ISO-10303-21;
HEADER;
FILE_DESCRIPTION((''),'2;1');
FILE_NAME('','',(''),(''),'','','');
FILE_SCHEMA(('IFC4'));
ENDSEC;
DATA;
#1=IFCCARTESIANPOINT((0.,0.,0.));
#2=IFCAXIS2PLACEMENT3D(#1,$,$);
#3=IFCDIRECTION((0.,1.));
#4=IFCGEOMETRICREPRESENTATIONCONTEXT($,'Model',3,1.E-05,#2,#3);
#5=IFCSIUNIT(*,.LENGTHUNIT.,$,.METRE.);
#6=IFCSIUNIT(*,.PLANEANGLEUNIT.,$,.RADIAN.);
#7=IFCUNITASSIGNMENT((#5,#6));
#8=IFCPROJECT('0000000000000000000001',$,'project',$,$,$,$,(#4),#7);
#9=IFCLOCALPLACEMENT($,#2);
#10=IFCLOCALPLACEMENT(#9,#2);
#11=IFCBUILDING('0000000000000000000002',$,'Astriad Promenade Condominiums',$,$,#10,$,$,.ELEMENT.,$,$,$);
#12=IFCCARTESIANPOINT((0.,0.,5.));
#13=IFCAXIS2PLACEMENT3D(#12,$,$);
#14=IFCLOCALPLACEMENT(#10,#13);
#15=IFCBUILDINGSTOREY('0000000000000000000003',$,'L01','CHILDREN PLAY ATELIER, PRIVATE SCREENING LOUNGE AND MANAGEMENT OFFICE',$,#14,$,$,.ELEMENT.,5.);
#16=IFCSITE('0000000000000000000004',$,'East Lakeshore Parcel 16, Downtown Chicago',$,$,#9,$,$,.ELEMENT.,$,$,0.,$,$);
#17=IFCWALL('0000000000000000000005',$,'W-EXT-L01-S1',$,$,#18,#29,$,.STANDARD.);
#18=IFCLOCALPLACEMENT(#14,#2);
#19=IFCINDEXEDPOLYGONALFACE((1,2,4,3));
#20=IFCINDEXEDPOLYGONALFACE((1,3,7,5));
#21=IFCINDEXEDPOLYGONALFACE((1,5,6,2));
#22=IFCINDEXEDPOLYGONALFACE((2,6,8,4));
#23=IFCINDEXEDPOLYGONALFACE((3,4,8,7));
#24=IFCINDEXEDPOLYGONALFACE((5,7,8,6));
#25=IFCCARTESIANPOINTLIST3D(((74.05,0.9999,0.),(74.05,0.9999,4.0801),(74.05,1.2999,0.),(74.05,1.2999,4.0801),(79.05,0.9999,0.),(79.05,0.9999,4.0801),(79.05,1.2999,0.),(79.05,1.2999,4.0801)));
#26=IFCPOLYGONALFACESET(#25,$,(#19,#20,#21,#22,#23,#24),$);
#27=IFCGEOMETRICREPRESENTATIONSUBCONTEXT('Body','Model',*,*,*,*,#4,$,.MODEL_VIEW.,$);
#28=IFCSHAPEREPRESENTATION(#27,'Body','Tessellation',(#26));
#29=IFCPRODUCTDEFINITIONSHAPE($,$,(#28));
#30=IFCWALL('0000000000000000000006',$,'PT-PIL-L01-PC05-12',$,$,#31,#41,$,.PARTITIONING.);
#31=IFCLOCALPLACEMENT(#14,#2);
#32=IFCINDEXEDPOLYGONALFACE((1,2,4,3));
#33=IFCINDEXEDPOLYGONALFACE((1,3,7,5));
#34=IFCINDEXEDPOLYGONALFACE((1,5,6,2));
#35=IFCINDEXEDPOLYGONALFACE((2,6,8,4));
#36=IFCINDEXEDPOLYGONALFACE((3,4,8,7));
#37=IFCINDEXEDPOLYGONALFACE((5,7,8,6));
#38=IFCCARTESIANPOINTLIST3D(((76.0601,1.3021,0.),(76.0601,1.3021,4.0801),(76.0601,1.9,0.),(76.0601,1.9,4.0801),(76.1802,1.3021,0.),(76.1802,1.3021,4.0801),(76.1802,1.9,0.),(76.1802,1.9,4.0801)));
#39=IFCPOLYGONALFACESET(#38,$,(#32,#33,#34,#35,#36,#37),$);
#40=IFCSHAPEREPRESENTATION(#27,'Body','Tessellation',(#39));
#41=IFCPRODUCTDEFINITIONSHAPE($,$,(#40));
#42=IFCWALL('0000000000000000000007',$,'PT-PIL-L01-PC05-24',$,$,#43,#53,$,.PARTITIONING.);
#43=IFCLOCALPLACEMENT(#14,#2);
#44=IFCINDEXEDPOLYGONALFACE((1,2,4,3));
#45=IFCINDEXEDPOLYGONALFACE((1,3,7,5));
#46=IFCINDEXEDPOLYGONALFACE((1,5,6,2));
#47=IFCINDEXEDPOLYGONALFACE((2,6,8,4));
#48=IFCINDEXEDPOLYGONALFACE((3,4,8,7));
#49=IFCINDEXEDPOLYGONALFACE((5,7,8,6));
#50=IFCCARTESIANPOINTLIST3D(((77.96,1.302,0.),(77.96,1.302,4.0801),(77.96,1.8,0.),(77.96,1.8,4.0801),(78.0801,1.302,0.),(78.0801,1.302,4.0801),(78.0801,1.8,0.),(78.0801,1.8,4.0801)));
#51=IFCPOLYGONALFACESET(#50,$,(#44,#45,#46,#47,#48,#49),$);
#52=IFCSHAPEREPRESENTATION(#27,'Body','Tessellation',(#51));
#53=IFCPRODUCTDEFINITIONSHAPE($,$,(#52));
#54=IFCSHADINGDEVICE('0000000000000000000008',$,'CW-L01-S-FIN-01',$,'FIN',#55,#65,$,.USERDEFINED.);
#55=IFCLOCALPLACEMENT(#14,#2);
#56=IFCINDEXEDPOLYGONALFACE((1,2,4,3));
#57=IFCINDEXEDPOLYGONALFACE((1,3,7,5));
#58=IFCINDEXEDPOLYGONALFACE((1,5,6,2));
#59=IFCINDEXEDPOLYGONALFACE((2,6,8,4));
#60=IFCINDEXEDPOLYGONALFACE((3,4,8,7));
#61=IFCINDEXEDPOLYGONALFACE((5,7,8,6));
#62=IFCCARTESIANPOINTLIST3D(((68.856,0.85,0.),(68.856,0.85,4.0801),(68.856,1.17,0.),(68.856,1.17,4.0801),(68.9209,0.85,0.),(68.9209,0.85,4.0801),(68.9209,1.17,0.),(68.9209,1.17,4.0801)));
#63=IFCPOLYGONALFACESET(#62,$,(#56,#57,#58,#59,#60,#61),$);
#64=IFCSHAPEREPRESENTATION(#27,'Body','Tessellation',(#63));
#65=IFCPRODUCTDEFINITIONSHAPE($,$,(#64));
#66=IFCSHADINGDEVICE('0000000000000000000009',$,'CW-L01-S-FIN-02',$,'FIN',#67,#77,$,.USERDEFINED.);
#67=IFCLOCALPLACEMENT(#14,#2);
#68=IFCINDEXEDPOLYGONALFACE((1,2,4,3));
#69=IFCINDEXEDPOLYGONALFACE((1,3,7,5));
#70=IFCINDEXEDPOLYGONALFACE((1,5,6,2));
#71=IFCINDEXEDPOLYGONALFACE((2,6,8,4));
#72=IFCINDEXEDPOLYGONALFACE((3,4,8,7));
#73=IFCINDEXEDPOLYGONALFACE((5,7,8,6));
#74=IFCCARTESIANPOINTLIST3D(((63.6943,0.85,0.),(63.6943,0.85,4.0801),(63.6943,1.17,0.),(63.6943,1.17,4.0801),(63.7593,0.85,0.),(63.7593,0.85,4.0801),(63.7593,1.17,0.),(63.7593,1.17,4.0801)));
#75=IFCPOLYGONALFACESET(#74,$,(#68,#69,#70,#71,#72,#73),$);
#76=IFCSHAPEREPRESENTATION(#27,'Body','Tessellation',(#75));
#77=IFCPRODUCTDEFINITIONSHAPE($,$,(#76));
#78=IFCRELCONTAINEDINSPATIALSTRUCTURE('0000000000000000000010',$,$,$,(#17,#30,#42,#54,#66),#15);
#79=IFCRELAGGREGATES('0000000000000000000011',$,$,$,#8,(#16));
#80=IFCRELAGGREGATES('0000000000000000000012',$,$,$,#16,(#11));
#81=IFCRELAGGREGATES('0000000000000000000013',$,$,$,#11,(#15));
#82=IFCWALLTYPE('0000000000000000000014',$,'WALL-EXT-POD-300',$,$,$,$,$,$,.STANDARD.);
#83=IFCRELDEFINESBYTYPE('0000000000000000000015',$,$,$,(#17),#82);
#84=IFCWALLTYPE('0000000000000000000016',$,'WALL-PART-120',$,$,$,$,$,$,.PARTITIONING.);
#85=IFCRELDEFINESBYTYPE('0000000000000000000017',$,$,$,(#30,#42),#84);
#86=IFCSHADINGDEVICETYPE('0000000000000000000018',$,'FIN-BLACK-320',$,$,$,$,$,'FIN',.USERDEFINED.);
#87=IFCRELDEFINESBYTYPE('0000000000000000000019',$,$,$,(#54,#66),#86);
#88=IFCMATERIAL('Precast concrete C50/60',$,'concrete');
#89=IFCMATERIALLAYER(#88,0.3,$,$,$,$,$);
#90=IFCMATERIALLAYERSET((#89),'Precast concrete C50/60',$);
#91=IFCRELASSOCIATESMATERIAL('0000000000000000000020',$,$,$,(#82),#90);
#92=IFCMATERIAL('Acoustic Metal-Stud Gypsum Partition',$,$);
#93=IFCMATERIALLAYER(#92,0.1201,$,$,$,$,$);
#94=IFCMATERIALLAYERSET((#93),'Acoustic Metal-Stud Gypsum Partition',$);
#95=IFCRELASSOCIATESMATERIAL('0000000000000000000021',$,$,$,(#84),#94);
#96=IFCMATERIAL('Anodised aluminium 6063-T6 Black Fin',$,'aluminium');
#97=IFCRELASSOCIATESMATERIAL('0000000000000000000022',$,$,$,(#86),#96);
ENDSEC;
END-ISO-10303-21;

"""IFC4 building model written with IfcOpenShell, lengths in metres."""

from ifc_helpers import new_model, si_unit, direction, frame, frame_2d, origin, origin_2d, place, context, subcontext, project, spatial, rectangle, extrude, source, transform, mapped, material, layer, layer_set, type_object, type_shapes, element, save


model = new_model("IFC4")

# Units and contexts
model_context = context("Model", 3, precision=1e-05, world=origin(), true_north=direction((0.0, 1.0)))
body_context = subcontext(model_context, "Body", "Model", "MODEL_VIEW")
ifc_project = project(units=[si_unit("LENGTHUNIT", "METRE"), si_unit("PLANEANGLEUNIT", "RADIAN")], contexts=[model_context])

# Site, building, storey
site_placement = place(None, origin())
site = spatial("IfcSite", under=ifc_project, at=site_placement, Name="East Lakeshore Parcel 16, Downtown Chicago", CompositionType="ELEMENT", RefElevation=0.0)
building_placement = place(site_placement, origin())
building = spatial("IfcBuilding", under=site, at=building_placement, Name="Astriad Promenade Condominiums", CompositionType="ELEMENT")
storey_placement = place(building_placement, frame((0.0, 0.0, 5.0)))
storey = spatial("IfcBuildingStorey", under=building, at=storey_placement, Name="L01", Description="CHILDREN PLAY ATELIER, PRIVATE SCREENING LOUNGE AND MANAGEMENT OFFICE", CompositionType="ELEMENT", Elevation=5.0)

# Walls
ifc_material_1 = material(Name="Precast concrete C50/60", Category="concrete")
ifc_layer_1 = layer(ifc_material_1, 0.3)
ifc_layer_set_1 = layer_set([ifc_layer_1], Name="Precast concrete C50/60")
wall_type_1 = type_object("IfcWallType", Name="WALL-EXT-POD-300", PredefinedType="STANDARD", material=ifc_layer_set_1)
wall_1_placement = place(storey_placement, frame((79.05, 1.1499, 0.0), z_axis=(0.0, 0.0, 1.0), x_axis=(-1.0, 0.0, 0.0)))
element("IfcWall", 1, at=wall_1_placement, inside=storey, type_object=wall_type_1, Name="W-EXT-L01-S1", PredefinedType="STANDARD", context=body_context, shape_type="SweptSolid", body=[
    extrude(rectangle(XDim=5.0, YDim=0.3, at=frame_2d((2.5, 0.0))), origin(), (0.0, 0.0, 1.0), 4.0801),
])
ifc_material_2 = material(Name="Acoustic Metal-Stud Gypsum Partition")
ifc_layer_2 = layer(ifc_material_2, 0.1201)
ifc_layer_set_2 = layer_set([ifc_layer_2], Name="Acoustic Metal-Stud Gypsum Partition")
wall_type_2 = type_object("IfcWallType", Name="WALL-PART-120", PredefinedType="PARTITIONING", material=ifc_layer_set_2)
wall_2_placement = place(storey_placement, frame((76.1201, 1.8999, 0.0), z_axis=(0.0, 0.0, 1.0), x_axis=(0.0, -1.0, 0.0)))
element("IfcWall", 2, at=wall_2_placement, inside=storey, type_object=wall_type_2, Name="PT-PIL-L01-PC05-12", PredefinedType="PARTITIONING", context=body_context, shape_type="SweptSolid", body=[
    extrude(rectangle(XDim=0.5979, YDim=0.1201, at=frame_2d((0.2988, 0.0))), origin(), (0.0, 0.0, 1.0), 4.0801),
])
wall_3_placement = place(storey_placement, frame((78.02, 1.8, 0.0), z_axis=(0.0, 0.0, 1.0), x_axis=(0.0, -1.0, 0.0)))
element("IfcWall", 3, at=wall_3_placement, inside=storey, type_object=wall_type_2, Name="PT-PIL-L01-PC05-24", PredefinedType="PARTITIONING", context=body_context, shape_type="SweptSolid", body=[
    extrude(rectangle(XDim=0.498, YDim=0.1201, at=frame_2d((0.249, 0.0))), origin(), (0.0, 0.0, 1.0), 4.0801),
])

# Shading devices
ifc_material_3 = material(Name="Anodised aluminium 6063-T6 Black Fin", Category="aluminium")
shading_device_type = type_object("IfcShadingDeviceType", Name="FIN-BLACK-320", ElementType="FIN", PredefinedType="USERDEFINED", material=ifc_material_3)
shared_shape_1 = source(origin(), body_context, "Body", "SweptSolid", [
    extrude(rectangle(XDim=0.0649, YDim=0.3201, at=origin_2d()), origin(), (0.0, 0.0, 1.0), 4.0801),
])
type_shapes(shading_device_type, [shared_shape_1])
for number, where, z_axis, x_axis, name in (
    (4, (68.8884, 1.01, 0.0), (0.0, 0.0, 1.0), (-1.0, 0.0, 0.0), "CW-L01-S-FIN-01"),
    (5, (63.7268, 1.01, 0.0), (0.0, 0.0, 1.0), (-1.0, 0.0, 0.0), "CW-L01-S-FIN-02"),
):
    element("IfcShadingDevice", number, at=place(storey_placement, frame(where, z_axis=z_axis, x_axis=x_axis)), inside=storey, type_object=shading_device_type, Name=name, ObjectType="FIN", PredefinedType="USERDEFINED", context=body_context, shape_type="MappedRepresentation", body=[
        mapped(shared_shape_1, transform((0.0, 0.0, 0.0), scale=1.0)),
    ])

save(model, "model.ifc")
